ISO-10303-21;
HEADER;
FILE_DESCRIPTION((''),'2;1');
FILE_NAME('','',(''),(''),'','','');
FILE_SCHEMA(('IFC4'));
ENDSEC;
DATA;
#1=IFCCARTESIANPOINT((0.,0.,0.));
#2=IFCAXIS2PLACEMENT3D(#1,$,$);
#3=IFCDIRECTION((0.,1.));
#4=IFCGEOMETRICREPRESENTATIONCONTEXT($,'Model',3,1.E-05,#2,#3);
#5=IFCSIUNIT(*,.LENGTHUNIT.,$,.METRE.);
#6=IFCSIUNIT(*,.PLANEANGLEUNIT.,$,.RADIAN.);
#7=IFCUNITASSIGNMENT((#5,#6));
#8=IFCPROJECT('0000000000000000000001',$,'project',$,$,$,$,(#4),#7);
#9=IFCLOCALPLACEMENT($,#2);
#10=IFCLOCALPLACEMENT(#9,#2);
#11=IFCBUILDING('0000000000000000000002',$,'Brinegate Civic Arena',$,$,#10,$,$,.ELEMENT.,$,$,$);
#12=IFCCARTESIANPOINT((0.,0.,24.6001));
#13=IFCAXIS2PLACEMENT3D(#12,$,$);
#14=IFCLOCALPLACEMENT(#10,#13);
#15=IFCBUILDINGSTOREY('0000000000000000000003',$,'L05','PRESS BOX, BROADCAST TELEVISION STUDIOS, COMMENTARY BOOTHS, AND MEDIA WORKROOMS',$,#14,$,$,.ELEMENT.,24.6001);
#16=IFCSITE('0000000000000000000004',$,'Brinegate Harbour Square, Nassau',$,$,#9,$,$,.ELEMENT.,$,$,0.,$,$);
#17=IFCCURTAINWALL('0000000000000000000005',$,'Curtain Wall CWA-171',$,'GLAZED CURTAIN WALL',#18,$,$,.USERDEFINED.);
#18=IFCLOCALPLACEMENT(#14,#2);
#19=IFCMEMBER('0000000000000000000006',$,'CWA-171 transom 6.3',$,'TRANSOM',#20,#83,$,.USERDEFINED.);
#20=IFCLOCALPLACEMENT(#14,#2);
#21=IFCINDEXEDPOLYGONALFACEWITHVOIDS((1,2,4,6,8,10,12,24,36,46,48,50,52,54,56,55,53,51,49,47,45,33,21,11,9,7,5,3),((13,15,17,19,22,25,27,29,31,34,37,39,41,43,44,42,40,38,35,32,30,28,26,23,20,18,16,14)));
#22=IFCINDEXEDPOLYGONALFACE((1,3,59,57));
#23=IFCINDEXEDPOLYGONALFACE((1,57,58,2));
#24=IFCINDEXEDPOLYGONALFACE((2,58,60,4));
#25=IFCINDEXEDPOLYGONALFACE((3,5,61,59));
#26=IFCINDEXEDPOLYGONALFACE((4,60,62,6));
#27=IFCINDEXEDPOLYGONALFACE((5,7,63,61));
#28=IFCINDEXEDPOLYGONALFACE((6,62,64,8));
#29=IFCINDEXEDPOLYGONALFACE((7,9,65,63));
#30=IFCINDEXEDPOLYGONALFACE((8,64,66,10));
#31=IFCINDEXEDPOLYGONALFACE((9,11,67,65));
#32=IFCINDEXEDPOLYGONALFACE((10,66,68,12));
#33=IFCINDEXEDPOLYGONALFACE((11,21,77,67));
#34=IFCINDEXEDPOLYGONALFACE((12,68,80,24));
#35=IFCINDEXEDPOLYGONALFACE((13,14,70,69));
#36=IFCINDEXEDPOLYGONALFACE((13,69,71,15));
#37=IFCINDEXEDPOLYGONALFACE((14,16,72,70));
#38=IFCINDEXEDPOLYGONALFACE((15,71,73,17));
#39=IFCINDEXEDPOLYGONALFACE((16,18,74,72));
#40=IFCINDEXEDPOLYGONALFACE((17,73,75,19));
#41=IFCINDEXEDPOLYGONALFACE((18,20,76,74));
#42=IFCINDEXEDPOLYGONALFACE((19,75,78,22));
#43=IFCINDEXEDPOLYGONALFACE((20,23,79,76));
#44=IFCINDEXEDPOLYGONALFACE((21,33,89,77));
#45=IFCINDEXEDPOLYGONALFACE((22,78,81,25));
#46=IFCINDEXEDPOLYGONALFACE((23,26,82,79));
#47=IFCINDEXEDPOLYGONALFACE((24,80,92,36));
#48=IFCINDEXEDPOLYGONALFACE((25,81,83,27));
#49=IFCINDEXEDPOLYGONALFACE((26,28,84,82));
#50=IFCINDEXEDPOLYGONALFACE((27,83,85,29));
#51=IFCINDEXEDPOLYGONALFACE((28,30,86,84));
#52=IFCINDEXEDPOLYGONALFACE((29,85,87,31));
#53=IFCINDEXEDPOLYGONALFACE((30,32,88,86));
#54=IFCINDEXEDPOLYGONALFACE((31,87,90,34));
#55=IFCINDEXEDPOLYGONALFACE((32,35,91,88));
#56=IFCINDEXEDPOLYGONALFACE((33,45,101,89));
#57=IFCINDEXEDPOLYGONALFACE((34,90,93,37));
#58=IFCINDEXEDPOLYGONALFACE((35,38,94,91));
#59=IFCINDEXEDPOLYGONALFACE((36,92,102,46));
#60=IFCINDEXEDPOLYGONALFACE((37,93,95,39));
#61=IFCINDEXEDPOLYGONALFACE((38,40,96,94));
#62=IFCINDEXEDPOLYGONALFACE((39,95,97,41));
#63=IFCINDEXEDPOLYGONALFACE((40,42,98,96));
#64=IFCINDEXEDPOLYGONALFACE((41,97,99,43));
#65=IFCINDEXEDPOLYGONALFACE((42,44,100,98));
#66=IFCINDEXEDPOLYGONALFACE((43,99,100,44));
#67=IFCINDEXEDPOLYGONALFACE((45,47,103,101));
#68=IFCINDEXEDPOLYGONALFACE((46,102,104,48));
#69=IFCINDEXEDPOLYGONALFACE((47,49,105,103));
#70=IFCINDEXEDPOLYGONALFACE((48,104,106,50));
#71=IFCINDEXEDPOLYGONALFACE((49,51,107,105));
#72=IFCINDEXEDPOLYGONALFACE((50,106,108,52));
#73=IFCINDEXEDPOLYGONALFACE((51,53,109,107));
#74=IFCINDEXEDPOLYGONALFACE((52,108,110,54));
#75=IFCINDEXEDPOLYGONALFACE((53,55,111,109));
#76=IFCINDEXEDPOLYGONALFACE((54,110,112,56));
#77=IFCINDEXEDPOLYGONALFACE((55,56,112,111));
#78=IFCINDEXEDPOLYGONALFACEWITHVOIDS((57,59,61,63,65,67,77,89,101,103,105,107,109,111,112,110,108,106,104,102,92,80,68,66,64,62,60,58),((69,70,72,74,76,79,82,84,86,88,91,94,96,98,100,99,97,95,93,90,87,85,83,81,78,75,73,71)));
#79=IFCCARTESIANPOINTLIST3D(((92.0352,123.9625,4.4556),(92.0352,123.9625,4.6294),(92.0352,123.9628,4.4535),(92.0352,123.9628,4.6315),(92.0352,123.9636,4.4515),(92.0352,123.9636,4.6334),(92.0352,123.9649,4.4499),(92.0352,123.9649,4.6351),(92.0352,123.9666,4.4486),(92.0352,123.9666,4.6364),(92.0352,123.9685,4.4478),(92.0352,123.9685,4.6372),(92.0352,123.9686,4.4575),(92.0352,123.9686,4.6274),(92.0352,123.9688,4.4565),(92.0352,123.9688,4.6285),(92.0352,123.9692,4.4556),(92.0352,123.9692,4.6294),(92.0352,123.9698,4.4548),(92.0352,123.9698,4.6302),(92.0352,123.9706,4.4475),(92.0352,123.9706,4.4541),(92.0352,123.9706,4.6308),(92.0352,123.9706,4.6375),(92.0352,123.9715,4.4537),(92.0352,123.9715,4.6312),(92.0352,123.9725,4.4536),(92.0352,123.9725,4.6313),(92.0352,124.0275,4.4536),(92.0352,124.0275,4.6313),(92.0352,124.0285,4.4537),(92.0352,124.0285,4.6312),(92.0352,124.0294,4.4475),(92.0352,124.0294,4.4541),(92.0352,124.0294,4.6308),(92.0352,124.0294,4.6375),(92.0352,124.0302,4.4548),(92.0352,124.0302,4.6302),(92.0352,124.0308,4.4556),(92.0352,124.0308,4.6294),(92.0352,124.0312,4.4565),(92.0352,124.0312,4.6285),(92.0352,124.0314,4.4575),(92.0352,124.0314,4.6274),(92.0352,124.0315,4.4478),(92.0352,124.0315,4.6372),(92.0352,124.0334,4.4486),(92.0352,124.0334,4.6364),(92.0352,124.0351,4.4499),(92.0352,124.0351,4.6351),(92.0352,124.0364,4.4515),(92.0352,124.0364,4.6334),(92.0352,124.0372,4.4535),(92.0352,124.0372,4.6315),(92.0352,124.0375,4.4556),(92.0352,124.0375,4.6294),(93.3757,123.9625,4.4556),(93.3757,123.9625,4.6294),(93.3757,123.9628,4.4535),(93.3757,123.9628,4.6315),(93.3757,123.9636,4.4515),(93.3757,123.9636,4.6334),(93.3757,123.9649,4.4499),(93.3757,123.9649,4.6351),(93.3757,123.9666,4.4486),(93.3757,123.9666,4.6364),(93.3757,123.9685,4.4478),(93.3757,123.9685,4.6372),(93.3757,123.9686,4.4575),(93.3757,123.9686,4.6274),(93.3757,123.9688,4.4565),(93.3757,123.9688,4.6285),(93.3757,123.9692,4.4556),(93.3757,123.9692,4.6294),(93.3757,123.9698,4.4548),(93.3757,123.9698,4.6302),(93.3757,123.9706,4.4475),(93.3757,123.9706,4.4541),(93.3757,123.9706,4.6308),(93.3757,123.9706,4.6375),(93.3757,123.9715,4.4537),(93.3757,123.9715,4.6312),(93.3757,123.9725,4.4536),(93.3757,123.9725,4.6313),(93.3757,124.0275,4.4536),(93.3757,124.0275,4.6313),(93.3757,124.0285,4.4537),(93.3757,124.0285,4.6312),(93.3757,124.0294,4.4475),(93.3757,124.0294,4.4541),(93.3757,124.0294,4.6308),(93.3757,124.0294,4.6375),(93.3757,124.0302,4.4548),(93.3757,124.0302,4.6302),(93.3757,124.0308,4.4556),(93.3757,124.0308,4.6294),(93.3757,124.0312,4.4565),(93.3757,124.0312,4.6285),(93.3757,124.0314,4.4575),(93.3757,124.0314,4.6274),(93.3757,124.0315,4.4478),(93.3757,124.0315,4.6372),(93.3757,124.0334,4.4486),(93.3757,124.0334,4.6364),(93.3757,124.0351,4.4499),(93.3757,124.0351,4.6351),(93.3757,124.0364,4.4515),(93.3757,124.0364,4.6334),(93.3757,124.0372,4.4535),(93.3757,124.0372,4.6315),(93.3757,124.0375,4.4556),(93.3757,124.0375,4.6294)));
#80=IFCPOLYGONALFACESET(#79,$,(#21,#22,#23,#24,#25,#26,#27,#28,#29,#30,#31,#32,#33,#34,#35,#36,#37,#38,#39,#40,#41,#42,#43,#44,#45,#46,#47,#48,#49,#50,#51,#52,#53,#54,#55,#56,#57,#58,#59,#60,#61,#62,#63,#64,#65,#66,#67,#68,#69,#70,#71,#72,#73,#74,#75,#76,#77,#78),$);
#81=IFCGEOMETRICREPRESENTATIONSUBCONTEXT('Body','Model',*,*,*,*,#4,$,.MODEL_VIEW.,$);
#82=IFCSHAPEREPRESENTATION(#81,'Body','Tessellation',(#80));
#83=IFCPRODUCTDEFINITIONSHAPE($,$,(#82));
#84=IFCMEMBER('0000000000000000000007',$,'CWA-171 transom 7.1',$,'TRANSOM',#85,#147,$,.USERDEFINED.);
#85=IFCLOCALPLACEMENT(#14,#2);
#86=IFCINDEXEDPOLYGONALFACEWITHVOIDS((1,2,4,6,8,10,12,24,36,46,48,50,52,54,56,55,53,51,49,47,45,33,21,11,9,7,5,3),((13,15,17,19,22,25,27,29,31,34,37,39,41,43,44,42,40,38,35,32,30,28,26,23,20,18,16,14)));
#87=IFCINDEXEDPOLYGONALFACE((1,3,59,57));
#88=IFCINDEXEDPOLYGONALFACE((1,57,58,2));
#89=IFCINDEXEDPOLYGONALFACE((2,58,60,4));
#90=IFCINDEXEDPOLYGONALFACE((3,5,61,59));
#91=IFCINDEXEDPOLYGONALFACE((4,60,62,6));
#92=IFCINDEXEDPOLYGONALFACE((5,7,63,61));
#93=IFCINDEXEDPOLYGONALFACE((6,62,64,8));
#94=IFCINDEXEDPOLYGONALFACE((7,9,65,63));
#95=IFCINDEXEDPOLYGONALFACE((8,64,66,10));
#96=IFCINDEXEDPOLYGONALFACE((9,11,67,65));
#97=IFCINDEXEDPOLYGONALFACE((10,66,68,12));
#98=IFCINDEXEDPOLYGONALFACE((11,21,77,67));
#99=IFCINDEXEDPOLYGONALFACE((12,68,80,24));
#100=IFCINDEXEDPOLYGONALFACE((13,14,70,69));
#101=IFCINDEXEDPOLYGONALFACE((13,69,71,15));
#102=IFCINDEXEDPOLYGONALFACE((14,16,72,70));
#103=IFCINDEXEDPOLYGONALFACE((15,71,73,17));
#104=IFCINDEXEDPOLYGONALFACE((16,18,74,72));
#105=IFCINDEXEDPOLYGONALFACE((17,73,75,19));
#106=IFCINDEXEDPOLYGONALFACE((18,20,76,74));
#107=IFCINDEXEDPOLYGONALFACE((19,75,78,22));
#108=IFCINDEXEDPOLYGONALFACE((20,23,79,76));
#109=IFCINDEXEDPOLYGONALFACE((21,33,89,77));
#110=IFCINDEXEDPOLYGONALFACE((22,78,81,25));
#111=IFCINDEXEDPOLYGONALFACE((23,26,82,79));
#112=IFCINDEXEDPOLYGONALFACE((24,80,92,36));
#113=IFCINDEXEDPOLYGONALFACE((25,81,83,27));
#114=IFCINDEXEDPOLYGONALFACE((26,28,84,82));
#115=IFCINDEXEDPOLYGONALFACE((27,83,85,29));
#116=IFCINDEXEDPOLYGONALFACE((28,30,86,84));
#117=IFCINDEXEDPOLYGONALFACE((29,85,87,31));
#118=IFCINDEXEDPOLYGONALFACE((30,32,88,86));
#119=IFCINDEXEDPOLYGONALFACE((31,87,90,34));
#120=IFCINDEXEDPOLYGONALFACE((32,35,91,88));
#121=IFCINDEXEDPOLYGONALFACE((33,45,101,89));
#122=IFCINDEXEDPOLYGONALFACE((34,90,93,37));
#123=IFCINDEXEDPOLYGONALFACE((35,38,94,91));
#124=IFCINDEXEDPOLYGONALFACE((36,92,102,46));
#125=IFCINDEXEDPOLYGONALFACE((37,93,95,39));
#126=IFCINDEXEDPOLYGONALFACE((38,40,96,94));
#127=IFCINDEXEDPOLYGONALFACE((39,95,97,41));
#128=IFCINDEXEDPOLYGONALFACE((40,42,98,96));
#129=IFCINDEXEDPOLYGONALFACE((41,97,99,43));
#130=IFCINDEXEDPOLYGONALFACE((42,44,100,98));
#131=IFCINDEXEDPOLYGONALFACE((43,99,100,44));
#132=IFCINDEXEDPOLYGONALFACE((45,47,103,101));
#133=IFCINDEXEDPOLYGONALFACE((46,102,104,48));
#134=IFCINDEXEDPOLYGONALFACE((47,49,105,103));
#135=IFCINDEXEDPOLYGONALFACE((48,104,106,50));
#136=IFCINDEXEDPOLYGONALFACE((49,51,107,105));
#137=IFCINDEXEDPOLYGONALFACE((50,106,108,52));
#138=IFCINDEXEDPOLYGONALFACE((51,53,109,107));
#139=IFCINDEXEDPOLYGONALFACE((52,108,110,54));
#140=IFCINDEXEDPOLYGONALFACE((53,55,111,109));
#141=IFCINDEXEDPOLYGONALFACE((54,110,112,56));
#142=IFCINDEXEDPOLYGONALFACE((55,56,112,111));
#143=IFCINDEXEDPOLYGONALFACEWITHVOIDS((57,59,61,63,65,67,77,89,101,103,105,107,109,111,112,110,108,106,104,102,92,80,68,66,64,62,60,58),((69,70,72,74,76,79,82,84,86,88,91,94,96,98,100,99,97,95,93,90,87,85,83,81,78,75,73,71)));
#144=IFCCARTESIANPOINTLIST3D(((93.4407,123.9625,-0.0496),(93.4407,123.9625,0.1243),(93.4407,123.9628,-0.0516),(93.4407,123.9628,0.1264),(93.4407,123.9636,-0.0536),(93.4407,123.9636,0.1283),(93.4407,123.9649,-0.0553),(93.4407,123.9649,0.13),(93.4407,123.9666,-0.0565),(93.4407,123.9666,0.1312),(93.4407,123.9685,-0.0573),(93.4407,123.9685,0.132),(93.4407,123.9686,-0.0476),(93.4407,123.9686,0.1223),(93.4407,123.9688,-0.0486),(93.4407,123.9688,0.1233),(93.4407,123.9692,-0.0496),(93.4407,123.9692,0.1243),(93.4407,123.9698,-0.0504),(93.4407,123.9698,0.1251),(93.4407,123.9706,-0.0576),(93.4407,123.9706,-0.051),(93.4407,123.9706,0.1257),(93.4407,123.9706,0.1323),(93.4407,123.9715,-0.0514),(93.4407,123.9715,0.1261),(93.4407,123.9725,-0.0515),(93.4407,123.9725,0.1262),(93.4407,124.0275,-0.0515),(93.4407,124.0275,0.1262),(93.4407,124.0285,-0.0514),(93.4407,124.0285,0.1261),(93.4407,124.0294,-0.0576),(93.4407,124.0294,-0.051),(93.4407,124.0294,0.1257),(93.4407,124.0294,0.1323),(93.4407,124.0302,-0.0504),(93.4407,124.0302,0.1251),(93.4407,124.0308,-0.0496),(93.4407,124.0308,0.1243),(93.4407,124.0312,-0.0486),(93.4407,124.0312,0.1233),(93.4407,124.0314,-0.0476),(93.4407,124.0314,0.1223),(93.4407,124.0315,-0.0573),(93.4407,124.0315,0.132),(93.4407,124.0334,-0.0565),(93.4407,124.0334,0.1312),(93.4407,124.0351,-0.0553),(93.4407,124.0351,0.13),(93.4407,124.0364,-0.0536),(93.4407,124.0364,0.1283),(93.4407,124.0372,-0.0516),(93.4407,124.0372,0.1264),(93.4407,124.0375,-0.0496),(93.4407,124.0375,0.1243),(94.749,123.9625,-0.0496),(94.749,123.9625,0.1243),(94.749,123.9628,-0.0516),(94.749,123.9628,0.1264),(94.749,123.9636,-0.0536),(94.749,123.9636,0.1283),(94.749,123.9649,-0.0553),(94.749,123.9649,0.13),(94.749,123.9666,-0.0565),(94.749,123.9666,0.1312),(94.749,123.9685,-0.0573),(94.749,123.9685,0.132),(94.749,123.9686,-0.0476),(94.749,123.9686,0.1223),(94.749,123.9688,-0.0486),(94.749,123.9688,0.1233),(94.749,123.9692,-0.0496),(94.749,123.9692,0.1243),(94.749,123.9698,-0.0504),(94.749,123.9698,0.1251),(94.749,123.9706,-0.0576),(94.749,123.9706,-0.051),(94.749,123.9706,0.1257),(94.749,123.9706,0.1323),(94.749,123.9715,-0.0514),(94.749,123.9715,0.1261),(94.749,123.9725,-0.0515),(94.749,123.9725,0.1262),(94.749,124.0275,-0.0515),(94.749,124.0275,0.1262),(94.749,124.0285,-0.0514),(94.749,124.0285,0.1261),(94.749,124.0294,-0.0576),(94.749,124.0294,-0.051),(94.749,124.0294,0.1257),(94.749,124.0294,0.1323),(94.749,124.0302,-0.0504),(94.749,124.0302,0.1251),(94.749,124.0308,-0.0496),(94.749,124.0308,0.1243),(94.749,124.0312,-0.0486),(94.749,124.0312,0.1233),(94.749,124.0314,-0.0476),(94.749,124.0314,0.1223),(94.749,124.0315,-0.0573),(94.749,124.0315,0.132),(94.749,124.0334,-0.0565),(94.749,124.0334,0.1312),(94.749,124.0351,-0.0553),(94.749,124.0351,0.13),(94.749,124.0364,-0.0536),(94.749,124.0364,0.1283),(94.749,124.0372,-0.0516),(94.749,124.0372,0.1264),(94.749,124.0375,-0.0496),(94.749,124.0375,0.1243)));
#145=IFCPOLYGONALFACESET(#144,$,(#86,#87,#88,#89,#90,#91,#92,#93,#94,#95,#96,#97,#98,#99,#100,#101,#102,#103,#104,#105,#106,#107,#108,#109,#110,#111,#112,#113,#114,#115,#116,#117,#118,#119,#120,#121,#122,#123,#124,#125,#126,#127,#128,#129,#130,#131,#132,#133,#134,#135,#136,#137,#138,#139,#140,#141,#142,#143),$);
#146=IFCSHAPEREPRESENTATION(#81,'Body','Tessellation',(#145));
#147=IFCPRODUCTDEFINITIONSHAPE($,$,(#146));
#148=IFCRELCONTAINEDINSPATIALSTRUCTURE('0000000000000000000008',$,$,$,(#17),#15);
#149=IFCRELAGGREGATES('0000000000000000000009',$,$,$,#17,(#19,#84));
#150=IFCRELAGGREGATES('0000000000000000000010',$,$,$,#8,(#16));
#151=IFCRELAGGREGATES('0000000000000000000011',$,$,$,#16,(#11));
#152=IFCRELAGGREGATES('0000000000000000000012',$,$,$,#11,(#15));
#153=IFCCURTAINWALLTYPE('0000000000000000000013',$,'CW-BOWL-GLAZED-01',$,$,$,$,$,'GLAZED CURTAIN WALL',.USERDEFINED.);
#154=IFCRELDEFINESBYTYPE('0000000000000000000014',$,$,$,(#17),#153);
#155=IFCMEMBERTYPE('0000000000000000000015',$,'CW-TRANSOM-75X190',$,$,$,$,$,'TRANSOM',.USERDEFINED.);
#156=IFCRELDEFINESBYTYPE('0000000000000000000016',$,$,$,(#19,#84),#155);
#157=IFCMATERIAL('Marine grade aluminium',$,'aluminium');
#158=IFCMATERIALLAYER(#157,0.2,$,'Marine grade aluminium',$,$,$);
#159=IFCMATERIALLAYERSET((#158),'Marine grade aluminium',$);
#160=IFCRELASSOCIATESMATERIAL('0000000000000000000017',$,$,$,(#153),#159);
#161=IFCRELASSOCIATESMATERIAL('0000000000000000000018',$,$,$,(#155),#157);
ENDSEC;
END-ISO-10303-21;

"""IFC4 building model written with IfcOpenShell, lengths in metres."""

from ifc_helpers import new_model, si_unit, direction, frame, origin, origin_2d, place, context, subcontext, project, spatial, hollow_rectangle, extrude, material, layer, layer_set, material_profile, profile_set, type_object, element, aggregate, save


model = new_model("IFC4")

# Units and contexts
model_context = context("Model", 3, precision=1e-05, world=origin(), true_north=direction((0.0, 1.0)))
body_context = subcontext(model_context, "Body", "Model", "MODEL_VIEW")
ifc_project = project(units=[si_unit("LENGTHUNIT", "METRE"), si_unit("PLANEANGLEUNIT", "RADIAN")], contexts=[model_context])

# Site, building, storey
site_placement = place(None, origin())
site = spatial("IfcSite", under=ifc_project, at=site_placement, Name="Brinegate Harbour Square, Nassau", CompositionType="ELEMENT", RefElevation=0.0)
building_placement = place(site_placement, origin())
building = spatial("IfcBuilding", under=site, at=building_placement, Name="Brinegate Civic Arena", CompositionType="ELEMENT")
storey_placement = place(building_placement, frame((0.0, 0.0, 24.6001)))
storey = spatial("IfcBuildingStorey", under=building, at=storey_placement, Name="L05", Description="PRESS BOX, BROADCAST TELEVISION STUDIOS, COMMENTARY BOOTHS, AND MEDIA WORKROOMS", CompositionType="ELEMENT", Elevation=24.6001)

# Curtain wall, members
ifc_material_1 = material(Name="Marine grade aluminium", Category="aluminium")
ifc_layer_1 = layer(ifc_material_1, 0.2, Name="Marine grade aluminium")
ifc_layer_set_1 = layer_set([ifc_layer_1], Name="Marine grade aluminium")
curtain_wall_type = type_object("IfcCurtainWallType", Name="CW-BOWL-GLAZED-01", ElementType="GLAZED CURTAIN WALL", PredefinedType="USERDEFINED", material=ifc_layer_set_1)
curtain_wall_placement = place(storey_placement, origin())
curtain_wall = element("IfcCurtainWall", 1, at=curtain_wall_placement, inside=storey, type_object=curtain_wall_type, Name="Curtain Wall CWA-171", ObjectType="GLAZED CURTAIN WALL", PredefinedType="USERDEFINED")
ifc_material_profile_1 = material_profile(ifc_material_1, hollow_rectangle(XDim=0.075, YDim=0.1899, WallThickness=0.0061, InnerFilletRadius=0.0039, OuterFilletRadius=0.0081, at=origin_2d()), Name="TRN75X190")
ifc_profile_set_1 = profile_set([ifc_material_profile_1], Name="Marine grade aluminium")
member_type_1 = type_object("IfcMemberType", Name="CW-TRANSOM-75X190", ElementType="TRANSOM", PredefinedType="USERDEFINED", material=ifc_profile_set_1)
member_1_placement = place(storey_placement, frame((92.0352, 124.0, 4.5425), z_axis=(1.0, 0.0, 0.0), x_axis=(0.0, 1.0, 0.0)))
member_1 = element("IfcMember", 2, at=member_1_placement, type_object=member_type_1, Name="CWA-171 transom 6.3", ObjectType="TRANSOM", PredefinedType="USERDEFINED", context=body_context, shape_type="SweptSolid", body=[
    extrude(hollow_rectangle(XDim=0.075, YDim=0.1899, WallThickness=0.0061, InnerFilletRadius=0.0039, OuterFilletRadius=0.0081, at=origin_2d()), origin(), (0.0, 0.0, 1.0), 1.3406),
])
member_2_placement = place(storey_placement, frame((93.4407, 124.0, 0.0374), z_axis=(1.0, 0.0, 0.0), x_axis=(0.0, 1.0, 0.0)))
member_2 = element("IfcMember", 3, at=member_2_placement, type_object=member_type_1, Name="CWA-171 transom 7.1", ObjectType="TRANSOM", PredefinedType="USERDEFINED", context=body_context, shape_type="SweptSolid", body=[
    extrude(hollow_rectangle(XDim=0.075, YDim=0.1899, WallThickness=0.0061, InnerFilletRadius=0.0039, OuterFilletRadius=0.0081, at=origin_2d()), origin(), (0.0, 0.0, 1.0), 1.3083),
])
aggregate(curtain_wall, [member_1, member_2])

save(model, "model.ifc")
